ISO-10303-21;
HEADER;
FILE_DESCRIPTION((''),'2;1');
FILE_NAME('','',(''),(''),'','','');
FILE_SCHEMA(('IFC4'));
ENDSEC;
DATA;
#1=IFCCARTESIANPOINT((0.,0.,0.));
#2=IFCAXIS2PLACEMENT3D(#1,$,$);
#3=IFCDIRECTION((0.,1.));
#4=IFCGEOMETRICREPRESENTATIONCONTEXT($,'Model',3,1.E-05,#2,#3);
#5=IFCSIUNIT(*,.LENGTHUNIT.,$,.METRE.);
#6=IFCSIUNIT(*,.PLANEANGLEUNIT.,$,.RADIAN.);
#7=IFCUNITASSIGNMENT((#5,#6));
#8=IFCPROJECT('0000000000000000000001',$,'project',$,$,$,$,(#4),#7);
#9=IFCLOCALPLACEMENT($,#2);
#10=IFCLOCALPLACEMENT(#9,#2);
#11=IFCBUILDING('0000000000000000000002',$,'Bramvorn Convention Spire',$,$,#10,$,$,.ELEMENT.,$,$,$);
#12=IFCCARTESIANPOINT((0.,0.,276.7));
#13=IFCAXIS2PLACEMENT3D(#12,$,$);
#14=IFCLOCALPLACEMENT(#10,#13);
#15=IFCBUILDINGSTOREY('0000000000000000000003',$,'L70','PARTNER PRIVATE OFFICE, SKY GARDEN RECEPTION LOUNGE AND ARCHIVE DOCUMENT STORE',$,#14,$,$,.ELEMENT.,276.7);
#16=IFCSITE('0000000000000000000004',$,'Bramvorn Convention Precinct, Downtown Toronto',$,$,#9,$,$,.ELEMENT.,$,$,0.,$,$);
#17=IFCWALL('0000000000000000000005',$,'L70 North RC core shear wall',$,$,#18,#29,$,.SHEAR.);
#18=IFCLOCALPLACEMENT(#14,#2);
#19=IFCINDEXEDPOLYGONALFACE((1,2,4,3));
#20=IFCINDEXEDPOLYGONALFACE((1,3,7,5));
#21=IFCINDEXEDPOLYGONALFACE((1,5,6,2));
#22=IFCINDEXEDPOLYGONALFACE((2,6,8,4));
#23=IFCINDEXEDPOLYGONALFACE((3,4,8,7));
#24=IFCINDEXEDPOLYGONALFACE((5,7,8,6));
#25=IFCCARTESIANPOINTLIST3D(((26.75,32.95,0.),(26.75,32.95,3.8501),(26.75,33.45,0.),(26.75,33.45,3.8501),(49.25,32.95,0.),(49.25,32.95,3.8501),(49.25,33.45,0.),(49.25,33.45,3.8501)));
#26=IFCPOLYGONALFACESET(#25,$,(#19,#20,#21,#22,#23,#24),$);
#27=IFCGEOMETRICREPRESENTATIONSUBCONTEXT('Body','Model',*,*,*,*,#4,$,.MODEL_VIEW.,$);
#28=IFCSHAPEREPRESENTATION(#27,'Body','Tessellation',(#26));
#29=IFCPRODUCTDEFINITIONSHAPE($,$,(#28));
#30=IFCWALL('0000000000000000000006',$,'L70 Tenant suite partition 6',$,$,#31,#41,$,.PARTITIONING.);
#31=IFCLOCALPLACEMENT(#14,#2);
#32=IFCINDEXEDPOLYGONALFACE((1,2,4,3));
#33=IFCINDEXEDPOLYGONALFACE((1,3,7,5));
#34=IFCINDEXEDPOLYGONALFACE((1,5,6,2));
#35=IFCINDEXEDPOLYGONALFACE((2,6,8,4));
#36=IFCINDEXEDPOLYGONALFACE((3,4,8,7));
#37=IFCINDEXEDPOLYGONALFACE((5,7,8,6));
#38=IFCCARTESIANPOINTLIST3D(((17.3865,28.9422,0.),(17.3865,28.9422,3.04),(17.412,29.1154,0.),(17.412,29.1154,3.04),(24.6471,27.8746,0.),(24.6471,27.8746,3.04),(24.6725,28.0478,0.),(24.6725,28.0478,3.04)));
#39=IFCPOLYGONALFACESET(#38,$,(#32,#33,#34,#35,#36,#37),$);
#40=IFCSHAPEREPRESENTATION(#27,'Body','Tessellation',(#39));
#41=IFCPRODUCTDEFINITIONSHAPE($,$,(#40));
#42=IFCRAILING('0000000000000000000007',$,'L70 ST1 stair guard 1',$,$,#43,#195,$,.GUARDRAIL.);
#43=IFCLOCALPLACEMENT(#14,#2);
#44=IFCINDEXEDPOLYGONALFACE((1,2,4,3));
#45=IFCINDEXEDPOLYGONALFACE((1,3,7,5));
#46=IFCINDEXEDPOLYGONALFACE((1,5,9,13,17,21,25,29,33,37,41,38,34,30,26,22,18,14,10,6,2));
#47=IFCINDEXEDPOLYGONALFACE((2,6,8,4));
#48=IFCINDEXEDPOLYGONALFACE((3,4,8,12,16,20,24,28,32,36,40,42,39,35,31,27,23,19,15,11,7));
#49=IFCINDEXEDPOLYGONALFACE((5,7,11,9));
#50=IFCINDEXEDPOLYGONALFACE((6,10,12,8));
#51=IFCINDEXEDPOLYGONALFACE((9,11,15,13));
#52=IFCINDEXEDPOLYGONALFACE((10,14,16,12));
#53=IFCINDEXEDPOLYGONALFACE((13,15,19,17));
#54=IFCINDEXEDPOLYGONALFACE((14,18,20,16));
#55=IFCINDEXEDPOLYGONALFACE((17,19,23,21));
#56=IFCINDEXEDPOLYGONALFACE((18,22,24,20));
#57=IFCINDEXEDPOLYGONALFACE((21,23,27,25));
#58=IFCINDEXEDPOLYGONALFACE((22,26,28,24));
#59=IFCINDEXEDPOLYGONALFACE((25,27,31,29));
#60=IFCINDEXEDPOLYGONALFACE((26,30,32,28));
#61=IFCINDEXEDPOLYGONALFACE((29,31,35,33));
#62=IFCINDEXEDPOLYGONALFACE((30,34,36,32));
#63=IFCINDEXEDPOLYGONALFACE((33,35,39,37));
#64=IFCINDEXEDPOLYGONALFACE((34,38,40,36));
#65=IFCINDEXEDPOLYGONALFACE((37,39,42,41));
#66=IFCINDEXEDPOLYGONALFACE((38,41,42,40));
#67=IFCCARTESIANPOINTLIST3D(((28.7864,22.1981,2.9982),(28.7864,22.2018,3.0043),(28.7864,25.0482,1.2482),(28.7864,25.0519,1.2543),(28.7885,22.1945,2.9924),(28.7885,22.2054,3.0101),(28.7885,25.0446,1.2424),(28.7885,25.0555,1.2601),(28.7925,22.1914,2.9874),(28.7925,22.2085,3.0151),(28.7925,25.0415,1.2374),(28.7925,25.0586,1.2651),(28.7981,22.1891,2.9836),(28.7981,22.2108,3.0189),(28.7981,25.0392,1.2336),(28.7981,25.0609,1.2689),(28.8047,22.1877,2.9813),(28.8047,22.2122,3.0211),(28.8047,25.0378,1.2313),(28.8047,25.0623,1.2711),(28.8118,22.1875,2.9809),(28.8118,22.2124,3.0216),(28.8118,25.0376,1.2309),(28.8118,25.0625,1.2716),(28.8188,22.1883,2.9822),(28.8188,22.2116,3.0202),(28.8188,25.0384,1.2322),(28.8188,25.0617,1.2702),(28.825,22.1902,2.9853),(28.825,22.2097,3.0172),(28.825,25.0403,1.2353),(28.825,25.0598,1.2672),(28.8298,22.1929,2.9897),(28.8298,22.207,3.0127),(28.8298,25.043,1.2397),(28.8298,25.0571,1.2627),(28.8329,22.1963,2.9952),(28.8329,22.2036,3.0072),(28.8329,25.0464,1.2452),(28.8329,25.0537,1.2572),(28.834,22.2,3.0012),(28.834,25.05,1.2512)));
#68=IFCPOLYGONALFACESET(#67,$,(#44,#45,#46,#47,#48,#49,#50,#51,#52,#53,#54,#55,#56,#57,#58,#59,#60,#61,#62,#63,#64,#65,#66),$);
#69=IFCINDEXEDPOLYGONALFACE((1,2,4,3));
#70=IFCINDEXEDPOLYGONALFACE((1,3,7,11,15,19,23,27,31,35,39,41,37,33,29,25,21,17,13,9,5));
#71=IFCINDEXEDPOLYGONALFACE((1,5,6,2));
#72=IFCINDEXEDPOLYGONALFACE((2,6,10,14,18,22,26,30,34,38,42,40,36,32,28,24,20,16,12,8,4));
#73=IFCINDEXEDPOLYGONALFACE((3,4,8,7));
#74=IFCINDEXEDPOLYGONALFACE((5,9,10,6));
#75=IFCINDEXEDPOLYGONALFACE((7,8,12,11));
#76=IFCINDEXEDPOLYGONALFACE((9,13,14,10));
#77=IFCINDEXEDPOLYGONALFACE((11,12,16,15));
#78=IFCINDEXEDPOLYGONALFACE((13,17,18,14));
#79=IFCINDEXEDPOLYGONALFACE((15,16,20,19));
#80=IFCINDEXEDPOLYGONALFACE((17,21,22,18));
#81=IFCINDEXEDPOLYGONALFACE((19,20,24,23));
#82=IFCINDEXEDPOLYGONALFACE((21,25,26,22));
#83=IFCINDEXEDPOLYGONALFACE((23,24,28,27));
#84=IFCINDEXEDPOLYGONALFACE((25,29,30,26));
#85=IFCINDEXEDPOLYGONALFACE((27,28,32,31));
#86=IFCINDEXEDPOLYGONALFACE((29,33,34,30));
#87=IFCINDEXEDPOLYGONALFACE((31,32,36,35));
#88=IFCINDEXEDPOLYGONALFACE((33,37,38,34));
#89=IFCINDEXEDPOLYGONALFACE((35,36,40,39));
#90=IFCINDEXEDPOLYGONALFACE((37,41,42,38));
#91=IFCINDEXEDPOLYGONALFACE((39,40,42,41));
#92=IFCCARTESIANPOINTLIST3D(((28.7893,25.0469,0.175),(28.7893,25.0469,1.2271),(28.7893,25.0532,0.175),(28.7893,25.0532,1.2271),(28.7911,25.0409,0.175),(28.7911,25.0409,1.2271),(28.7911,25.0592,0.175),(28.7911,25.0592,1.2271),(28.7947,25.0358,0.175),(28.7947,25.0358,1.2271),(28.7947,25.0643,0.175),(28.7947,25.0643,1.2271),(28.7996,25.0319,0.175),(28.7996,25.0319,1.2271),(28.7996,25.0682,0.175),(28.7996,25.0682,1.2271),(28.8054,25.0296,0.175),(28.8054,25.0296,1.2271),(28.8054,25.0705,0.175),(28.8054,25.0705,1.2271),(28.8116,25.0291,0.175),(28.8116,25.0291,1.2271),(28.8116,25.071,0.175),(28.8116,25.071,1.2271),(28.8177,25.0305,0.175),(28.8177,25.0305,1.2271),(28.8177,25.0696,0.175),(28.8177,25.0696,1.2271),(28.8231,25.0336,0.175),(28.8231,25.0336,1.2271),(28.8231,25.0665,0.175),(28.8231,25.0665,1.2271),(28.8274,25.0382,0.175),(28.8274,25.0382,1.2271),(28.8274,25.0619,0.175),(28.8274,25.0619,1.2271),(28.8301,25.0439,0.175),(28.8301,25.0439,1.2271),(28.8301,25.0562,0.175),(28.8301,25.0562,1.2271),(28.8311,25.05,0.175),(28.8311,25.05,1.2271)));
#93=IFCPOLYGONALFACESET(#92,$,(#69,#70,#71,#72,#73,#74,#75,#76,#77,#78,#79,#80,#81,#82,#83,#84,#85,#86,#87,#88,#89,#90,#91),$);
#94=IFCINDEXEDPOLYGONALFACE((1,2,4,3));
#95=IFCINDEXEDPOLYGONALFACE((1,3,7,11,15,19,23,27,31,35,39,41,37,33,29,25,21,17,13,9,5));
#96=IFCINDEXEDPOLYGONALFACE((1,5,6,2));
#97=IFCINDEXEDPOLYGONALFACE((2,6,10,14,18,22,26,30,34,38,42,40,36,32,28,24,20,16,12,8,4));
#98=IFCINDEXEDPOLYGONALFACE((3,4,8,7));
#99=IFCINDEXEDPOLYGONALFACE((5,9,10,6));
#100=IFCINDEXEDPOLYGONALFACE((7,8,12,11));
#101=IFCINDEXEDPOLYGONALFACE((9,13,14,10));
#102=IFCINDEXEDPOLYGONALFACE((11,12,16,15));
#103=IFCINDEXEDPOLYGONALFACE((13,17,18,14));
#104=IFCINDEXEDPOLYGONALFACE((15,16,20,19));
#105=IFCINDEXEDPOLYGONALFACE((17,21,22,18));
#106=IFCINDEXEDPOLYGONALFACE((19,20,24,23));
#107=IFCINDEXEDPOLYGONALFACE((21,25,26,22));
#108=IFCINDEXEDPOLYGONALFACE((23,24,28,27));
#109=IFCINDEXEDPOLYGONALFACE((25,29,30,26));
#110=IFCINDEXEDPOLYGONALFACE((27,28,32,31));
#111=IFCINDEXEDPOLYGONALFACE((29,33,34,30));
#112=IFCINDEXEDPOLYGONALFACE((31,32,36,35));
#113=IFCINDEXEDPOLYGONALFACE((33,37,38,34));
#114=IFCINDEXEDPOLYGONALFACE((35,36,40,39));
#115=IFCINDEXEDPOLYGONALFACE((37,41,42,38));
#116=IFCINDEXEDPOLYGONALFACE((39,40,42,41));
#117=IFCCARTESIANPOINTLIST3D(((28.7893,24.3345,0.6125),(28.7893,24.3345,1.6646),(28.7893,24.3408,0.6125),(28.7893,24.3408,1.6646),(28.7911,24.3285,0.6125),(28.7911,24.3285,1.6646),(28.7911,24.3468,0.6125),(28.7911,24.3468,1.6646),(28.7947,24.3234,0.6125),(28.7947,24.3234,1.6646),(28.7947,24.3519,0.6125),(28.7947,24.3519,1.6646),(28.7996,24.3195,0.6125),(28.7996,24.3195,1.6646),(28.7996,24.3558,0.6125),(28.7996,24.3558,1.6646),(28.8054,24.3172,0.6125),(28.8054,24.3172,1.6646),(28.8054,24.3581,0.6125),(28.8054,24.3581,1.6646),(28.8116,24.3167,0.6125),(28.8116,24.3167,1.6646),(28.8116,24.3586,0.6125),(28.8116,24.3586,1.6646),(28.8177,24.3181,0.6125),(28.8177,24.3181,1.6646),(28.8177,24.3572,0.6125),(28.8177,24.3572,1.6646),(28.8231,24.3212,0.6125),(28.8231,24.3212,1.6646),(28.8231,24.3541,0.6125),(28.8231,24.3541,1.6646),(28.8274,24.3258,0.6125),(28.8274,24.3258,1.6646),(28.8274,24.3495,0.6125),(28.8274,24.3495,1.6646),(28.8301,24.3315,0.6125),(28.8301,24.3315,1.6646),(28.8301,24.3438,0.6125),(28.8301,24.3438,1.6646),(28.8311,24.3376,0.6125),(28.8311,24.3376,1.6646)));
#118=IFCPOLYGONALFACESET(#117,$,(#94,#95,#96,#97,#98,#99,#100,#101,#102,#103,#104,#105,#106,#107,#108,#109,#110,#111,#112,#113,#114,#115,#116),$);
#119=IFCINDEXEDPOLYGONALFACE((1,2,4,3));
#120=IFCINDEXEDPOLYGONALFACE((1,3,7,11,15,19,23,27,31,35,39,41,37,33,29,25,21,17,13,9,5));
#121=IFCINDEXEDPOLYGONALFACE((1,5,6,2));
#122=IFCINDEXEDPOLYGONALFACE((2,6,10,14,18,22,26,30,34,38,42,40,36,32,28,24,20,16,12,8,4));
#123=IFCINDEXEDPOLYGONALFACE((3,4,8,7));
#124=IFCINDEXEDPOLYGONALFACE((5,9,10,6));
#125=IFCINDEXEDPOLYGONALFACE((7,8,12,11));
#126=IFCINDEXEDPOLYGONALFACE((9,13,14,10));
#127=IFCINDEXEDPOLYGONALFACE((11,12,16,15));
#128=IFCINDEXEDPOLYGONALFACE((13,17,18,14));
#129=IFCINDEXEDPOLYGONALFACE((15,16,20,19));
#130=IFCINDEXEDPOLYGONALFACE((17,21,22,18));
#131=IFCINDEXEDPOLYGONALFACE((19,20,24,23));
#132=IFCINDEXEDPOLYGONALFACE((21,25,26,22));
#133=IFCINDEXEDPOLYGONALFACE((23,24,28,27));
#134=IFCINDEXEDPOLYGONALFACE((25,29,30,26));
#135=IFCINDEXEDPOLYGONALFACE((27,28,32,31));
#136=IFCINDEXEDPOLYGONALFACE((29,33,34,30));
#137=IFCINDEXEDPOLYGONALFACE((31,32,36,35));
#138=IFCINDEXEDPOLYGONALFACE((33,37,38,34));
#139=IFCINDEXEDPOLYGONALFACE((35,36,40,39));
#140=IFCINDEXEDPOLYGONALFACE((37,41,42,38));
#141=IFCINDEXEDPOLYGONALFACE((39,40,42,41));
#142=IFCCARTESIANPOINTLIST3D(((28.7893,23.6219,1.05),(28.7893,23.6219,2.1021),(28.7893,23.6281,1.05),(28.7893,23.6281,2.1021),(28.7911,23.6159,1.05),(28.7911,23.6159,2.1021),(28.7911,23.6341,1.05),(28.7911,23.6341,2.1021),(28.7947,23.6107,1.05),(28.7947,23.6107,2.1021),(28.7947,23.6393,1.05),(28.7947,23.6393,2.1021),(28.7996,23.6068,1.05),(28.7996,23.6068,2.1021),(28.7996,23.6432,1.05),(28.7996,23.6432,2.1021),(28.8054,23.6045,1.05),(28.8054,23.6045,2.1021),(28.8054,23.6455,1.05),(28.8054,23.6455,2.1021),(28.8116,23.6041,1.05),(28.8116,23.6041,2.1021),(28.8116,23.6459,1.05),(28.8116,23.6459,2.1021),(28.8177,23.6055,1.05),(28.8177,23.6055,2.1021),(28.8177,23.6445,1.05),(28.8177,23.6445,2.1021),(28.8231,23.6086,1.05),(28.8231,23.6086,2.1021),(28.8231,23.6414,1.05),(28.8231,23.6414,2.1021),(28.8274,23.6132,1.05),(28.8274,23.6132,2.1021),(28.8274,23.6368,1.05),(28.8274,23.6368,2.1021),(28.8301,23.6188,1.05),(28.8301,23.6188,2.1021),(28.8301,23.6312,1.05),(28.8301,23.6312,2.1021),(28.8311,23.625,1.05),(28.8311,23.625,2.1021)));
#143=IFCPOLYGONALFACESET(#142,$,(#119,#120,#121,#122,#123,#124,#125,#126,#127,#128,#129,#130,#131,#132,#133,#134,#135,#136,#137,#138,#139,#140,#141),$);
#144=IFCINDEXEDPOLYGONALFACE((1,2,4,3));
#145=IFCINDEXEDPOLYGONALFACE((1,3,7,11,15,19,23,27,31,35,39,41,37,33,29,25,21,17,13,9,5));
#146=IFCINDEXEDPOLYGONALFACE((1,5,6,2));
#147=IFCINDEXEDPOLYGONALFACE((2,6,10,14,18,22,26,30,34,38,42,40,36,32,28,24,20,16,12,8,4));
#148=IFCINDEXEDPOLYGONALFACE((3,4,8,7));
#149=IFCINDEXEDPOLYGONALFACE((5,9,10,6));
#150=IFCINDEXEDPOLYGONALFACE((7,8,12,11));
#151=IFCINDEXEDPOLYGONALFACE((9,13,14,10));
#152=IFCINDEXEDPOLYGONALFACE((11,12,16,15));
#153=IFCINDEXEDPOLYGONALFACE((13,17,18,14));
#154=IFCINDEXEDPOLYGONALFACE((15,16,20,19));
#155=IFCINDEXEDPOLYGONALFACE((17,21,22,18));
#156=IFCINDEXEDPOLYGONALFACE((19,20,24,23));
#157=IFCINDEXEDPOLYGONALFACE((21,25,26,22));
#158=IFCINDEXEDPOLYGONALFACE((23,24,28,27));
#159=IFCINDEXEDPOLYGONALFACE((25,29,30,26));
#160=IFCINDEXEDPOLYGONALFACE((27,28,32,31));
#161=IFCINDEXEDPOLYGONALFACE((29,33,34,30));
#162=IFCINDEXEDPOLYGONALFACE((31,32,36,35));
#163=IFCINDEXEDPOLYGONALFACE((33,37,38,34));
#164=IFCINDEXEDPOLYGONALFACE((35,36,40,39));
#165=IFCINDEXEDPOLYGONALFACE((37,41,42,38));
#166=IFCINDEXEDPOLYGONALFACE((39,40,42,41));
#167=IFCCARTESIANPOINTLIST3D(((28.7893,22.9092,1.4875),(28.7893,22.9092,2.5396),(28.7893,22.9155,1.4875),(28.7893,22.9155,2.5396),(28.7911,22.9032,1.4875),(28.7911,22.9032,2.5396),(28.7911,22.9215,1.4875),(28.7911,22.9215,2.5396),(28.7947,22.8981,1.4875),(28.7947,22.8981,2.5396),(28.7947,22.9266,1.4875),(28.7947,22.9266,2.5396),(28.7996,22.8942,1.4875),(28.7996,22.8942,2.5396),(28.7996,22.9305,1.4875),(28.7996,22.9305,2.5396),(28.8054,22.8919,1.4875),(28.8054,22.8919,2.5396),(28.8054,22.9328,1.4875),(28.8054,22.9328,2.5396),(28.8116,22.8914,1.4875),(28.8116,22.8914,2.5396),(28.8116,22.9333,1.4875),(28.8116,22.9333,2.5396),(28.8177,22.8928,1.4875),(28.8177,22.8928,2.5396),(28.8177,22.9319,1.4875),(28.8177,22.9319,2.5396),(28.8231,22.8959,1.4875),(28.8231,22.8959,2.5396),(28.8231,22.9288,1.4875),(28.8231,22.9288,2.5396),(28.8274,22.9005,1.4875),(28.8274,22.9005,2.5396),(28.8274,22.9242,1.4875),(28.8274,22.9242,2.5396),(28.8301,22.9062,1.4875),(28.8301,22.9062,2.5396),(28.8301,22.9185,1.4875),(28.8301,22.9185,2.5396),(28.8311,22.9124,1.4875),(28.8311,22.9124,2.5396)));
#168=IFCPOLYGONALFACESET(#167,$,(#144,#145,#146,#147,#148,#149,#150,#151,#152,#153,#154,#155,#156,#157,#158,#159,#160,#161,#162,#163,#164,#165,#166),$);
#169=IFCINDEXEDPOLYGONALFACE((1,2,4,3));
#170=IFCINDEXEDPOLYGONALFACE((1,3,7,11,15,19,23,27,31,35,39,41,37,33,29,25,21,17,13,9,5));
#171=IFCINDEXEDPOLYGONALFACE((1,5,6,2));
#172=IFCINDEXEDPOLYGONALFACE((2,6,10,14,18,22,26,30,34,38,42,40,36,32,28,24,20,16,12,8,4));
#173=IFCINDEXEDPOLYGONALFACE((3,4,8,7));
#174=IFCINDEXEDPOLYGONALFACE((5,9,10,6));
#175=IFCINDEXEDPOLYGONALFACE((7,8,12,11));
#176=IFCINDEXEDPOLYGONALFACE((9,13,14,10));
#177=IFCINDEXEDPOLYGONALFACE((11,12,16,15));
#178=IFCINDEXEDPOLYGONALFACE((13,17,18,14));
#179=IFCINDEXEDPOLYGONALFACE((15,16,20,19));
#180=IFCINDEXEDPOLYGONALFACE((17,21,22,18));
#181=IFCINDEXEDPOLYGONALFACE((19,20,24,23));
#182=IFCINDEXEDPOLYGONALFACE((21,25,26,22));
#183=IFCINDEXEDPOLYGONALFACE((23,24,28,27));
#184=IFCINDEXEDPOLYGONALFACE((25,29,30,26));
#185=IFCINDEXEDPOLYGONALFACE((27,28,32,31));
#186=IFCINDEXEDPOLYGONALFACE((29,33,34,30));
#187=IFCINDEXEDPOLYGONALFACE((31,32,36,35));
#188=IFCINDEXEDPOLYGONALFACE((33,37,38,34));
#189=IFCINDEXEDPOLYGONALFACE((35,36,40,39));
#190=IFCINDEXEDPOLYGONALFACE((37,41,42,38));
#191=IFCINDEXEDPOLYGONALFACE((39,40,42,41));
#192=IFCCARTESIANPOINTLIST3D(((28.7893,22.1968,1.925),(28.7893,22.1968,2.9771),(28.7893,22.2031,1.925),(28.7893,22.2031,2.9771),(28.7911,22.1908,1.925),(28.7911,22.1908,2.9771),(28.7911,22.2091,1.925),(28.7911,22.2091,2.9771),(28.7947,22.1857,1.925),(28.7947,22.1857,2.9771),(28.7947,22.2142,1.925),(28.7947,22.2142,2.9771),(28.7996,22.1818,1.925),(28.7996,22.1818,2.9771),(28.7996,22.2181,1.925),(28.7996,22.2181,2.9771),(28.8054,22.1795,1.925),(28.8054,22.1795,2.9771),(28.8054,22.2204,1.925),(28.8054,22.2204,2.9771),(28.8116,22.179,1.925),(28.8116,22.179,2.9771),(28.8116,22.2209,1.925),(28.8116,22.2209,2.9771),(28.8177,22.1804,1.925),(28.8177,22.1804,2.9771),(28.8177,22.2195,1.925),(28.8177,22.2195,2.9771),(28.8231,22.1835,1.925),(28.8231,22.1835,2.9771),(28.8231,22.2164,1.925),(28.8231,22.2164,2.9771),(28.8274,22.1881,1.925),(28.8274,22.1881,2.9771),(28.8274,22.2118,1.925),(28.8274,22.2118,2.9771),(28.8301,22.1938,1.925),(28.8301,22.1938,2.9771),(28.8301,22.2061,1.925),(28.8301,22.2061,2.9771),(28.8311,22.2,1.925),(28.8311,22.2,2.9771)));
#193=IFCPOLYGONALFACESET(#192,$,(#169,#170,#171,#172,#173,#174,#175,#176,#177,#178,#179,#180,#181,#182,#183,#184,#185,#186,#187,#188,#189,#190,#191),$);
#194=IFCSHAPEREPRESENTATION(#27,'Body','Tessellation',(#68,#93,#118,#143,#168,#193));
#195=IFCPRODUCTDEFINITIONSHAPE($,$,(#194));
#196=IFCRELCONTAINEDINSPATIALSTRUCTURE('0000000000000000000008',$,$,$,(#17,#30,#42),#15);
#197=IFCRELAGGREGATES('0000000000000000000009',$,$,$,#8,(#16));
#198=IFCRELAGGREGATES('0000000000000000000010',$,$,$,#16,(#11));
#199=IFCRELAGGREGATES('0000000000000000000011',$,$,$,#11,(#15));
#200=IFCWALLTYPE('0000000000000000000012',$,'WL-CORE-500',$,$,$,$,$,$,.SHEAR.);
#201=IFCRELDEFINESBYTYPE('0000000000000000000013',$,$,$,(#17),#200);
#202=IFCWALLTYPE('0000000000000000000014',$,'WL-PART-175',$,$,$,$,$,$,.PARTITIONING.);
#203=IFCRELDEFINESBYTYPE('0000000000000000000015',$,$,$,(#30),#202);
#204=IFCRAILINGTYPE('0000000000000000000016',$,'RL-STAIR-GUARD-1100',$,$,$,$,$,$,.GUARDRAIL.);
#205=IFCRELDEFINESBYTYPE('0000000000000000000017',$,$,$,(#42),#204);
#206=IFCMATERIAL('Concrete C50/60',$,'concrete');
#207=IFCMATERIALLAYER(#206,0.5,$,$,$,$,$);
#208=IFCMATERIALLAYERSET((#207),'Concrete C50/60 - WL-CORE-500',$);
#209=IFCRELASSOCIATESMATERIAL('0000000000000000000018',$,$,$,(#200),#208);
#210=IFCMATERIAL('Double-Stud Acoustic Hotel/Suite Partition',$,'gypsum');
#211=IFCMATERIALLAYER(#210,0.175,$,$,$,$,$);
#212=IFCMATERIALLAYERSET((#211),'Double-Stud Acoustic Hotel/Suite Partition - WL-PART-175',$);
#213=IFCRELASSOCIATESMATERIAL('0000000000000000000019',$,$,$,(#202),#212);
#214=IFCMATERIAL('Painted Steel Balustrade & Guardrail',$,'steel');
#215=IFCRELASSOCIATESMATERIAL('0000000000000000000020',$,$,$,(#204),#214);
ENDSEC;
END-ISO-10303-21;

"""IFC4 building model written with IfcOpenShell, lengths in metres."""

from ifc_helpers import new_model, si_unit, direction, frame, frame_2d, origin, origin_2d, place, context, subcontext, project, spatial, rectangle, circle, extrude, material, layer, layer_set, type_object, element, save


model = new_model("IFC4")

# Units and contexts
model_context = context("Model", 3, precision=1e-05, world=origin(), true_north=direction((0.0, 1.0)))
body_context = subcontext(model_context, "Body", "Model", "MODEL_VIEW")
ifc_project = project(units=[si_unit("LENGTHUNIT", "METRE"), si_unit("PLANEANGLEUNIT", "RADIAN")], contexts=[model_context])

# Site, building, storey
site_placement = place(None, origin())
site = spatial("IfcSite", under=ifc_project, at=site_placement, Name="Bramvorn Convention Precinct, Downtown Toronto", CompositionType="ELEMENT", RefElevation=0.0)
building_placement = place(site_placement, origin())
building = spatial("IfcBuilding", under=site, at=building_placement, Name="Bramvorn Convention Spire", CompositionType="ELEMENT")
storey_placement = place(building_placement, frame((0.0, 0.0, 276.7)))
storey = spatial("IfcBuildingStorey", under=building, at=storey_placement, Name="L70", Description="PARTNER PRIVATE OFFICE, SKY GARDEN RECEPTION LOUNGE AND ARCHIVE DOCUMENT STORE", CompositionType="ELEMENT", Elevation=276.7)

# Wall
ifc_material_1 = material(Name="Concrete C50/60", Category="concrete")
ifc_layer_1 = layer(ifc_material_1, 0.5)
ifc_layer_set_1 = layer_set([ifc_layer_1], Name="Concrete C50/60 - WL-CORE-500")
wall_type_1 = type_object("IfcWallType", Name="WL-CORE-500", PredefinedType="SHEAR", material=ifc_layer_set_1)
wall_1_placement = place(storey_placement, frame((26.75, 33.2, 0.0), z_axis=(0.0, 0.0, 1.0), x_axis=(1.0, 0.0, 0.0)))
element("IfcWall", 1, at=wall_1_placement, inside=storey, type_object=wall_type_1, Name="L70 North RC core shear wall", PredefinedType="SHEAR", context=body_context, shape_type="SweptSolid", body=[
    extrude(rectangle(XDim=22.5, YDim=0.5, at=frame_2d((11.25, 0.0))), origin(), (0.0, 0.0, 1.0), 3.8501),
])

# Wall
ifc_material_2 = material(Name="Double-Stud Acoustic Hotel/Suite Partition", Category="gypsum")
ifc_layer_2 = layer(ifc_material_2, 0.175)
ifc_layer_set_2 = layer_set([ifc_layer_2], Name="Double-Stud Acoustic Hotel/Suite Partition - WL-PART-175")
wall_type_2 = type_object("IfcWallType", Name="WL-PART-175", PredefinedType="PARTITIONING", material=ifc_layer_set_2)
wall_2_placement = place(storey_placement, frame((24.6599, 27.9612, 0.0), z_axis=(0.0, 0.0, 1.0), x_axis=(-0.989361, 0.145482, 0.0)))
element("IfcWall", 2, at=wall_2_placement, inside=storey, type_object=wall_type_2, Name="L70 Tenant suite partition 6", PredefinedType="PARTITIONING", context=body_context, shape_type="SweptSolid", body=[
    extrude(rectangle(XDim=7.3386, YDim=0.175, at=frame_2d((3.6694, 0.0))), origin(), (0.0, 0.0, 1.0), 3.04),
])

# Railing
ifc_material_3 = material(Name="Painted Steel Balustrade & Guardrail", Category="steel")
railing_type = type_object("IfcRailingType", Name="RL-STAIR-GUARD-1100", PredefinedType="GUARDRAIL", material=ifc_material_3)
railing_1_placement = place(storey_placement, frame((28.8101, 25.05, 0.175)))
element("IfcRailing", 3, at=railing_1_placement, inside=storey, type_object=railing_type, Name="L70 ST1 stair guard 1", PredefinedType="GUARDRAIL", context=body_context, shape_type="SweptSolid", body=[
    extrude(circle(Radius=0.0239, at=origin_2d()), frame((0.0, 0.0, 1.0762), z_axis=(0.0, -0.852179, 0.52325), x_axis=(1.0, 0.0, 0.0)), (0.0, 0.0, 1.0), 3.3445),
    extrude(circle(Radius=0.021, at=origin_2d()), origin(), (0.0, 0.0, 1.0), 1.052),
    extrude(circle(Radius=0.021, at=origin_2d()), frame((0.0, -0.7124, 0.4375)), (0.0, 0.0, 1.0), 1.052),
    extrude(circle(Radius=0.021, at=origin_2d()), frame((0.0, -1.425, 0.875)), (0.0, 0.0, 1.0), 1.052),
    extrude(circle(Radius=0.021, at=origin_2d()), frame((0.0, -2.1377, 1.3125)), (0.0, 0.0, 1.0), 1.052),
    extrude(circle(Radius=0.021, at=origin_2d()), frame((0.0, -2.8501, 1.75)), (0.0, 0.0, 1.0), 1.052),
])

save(model, "model.ifc")
